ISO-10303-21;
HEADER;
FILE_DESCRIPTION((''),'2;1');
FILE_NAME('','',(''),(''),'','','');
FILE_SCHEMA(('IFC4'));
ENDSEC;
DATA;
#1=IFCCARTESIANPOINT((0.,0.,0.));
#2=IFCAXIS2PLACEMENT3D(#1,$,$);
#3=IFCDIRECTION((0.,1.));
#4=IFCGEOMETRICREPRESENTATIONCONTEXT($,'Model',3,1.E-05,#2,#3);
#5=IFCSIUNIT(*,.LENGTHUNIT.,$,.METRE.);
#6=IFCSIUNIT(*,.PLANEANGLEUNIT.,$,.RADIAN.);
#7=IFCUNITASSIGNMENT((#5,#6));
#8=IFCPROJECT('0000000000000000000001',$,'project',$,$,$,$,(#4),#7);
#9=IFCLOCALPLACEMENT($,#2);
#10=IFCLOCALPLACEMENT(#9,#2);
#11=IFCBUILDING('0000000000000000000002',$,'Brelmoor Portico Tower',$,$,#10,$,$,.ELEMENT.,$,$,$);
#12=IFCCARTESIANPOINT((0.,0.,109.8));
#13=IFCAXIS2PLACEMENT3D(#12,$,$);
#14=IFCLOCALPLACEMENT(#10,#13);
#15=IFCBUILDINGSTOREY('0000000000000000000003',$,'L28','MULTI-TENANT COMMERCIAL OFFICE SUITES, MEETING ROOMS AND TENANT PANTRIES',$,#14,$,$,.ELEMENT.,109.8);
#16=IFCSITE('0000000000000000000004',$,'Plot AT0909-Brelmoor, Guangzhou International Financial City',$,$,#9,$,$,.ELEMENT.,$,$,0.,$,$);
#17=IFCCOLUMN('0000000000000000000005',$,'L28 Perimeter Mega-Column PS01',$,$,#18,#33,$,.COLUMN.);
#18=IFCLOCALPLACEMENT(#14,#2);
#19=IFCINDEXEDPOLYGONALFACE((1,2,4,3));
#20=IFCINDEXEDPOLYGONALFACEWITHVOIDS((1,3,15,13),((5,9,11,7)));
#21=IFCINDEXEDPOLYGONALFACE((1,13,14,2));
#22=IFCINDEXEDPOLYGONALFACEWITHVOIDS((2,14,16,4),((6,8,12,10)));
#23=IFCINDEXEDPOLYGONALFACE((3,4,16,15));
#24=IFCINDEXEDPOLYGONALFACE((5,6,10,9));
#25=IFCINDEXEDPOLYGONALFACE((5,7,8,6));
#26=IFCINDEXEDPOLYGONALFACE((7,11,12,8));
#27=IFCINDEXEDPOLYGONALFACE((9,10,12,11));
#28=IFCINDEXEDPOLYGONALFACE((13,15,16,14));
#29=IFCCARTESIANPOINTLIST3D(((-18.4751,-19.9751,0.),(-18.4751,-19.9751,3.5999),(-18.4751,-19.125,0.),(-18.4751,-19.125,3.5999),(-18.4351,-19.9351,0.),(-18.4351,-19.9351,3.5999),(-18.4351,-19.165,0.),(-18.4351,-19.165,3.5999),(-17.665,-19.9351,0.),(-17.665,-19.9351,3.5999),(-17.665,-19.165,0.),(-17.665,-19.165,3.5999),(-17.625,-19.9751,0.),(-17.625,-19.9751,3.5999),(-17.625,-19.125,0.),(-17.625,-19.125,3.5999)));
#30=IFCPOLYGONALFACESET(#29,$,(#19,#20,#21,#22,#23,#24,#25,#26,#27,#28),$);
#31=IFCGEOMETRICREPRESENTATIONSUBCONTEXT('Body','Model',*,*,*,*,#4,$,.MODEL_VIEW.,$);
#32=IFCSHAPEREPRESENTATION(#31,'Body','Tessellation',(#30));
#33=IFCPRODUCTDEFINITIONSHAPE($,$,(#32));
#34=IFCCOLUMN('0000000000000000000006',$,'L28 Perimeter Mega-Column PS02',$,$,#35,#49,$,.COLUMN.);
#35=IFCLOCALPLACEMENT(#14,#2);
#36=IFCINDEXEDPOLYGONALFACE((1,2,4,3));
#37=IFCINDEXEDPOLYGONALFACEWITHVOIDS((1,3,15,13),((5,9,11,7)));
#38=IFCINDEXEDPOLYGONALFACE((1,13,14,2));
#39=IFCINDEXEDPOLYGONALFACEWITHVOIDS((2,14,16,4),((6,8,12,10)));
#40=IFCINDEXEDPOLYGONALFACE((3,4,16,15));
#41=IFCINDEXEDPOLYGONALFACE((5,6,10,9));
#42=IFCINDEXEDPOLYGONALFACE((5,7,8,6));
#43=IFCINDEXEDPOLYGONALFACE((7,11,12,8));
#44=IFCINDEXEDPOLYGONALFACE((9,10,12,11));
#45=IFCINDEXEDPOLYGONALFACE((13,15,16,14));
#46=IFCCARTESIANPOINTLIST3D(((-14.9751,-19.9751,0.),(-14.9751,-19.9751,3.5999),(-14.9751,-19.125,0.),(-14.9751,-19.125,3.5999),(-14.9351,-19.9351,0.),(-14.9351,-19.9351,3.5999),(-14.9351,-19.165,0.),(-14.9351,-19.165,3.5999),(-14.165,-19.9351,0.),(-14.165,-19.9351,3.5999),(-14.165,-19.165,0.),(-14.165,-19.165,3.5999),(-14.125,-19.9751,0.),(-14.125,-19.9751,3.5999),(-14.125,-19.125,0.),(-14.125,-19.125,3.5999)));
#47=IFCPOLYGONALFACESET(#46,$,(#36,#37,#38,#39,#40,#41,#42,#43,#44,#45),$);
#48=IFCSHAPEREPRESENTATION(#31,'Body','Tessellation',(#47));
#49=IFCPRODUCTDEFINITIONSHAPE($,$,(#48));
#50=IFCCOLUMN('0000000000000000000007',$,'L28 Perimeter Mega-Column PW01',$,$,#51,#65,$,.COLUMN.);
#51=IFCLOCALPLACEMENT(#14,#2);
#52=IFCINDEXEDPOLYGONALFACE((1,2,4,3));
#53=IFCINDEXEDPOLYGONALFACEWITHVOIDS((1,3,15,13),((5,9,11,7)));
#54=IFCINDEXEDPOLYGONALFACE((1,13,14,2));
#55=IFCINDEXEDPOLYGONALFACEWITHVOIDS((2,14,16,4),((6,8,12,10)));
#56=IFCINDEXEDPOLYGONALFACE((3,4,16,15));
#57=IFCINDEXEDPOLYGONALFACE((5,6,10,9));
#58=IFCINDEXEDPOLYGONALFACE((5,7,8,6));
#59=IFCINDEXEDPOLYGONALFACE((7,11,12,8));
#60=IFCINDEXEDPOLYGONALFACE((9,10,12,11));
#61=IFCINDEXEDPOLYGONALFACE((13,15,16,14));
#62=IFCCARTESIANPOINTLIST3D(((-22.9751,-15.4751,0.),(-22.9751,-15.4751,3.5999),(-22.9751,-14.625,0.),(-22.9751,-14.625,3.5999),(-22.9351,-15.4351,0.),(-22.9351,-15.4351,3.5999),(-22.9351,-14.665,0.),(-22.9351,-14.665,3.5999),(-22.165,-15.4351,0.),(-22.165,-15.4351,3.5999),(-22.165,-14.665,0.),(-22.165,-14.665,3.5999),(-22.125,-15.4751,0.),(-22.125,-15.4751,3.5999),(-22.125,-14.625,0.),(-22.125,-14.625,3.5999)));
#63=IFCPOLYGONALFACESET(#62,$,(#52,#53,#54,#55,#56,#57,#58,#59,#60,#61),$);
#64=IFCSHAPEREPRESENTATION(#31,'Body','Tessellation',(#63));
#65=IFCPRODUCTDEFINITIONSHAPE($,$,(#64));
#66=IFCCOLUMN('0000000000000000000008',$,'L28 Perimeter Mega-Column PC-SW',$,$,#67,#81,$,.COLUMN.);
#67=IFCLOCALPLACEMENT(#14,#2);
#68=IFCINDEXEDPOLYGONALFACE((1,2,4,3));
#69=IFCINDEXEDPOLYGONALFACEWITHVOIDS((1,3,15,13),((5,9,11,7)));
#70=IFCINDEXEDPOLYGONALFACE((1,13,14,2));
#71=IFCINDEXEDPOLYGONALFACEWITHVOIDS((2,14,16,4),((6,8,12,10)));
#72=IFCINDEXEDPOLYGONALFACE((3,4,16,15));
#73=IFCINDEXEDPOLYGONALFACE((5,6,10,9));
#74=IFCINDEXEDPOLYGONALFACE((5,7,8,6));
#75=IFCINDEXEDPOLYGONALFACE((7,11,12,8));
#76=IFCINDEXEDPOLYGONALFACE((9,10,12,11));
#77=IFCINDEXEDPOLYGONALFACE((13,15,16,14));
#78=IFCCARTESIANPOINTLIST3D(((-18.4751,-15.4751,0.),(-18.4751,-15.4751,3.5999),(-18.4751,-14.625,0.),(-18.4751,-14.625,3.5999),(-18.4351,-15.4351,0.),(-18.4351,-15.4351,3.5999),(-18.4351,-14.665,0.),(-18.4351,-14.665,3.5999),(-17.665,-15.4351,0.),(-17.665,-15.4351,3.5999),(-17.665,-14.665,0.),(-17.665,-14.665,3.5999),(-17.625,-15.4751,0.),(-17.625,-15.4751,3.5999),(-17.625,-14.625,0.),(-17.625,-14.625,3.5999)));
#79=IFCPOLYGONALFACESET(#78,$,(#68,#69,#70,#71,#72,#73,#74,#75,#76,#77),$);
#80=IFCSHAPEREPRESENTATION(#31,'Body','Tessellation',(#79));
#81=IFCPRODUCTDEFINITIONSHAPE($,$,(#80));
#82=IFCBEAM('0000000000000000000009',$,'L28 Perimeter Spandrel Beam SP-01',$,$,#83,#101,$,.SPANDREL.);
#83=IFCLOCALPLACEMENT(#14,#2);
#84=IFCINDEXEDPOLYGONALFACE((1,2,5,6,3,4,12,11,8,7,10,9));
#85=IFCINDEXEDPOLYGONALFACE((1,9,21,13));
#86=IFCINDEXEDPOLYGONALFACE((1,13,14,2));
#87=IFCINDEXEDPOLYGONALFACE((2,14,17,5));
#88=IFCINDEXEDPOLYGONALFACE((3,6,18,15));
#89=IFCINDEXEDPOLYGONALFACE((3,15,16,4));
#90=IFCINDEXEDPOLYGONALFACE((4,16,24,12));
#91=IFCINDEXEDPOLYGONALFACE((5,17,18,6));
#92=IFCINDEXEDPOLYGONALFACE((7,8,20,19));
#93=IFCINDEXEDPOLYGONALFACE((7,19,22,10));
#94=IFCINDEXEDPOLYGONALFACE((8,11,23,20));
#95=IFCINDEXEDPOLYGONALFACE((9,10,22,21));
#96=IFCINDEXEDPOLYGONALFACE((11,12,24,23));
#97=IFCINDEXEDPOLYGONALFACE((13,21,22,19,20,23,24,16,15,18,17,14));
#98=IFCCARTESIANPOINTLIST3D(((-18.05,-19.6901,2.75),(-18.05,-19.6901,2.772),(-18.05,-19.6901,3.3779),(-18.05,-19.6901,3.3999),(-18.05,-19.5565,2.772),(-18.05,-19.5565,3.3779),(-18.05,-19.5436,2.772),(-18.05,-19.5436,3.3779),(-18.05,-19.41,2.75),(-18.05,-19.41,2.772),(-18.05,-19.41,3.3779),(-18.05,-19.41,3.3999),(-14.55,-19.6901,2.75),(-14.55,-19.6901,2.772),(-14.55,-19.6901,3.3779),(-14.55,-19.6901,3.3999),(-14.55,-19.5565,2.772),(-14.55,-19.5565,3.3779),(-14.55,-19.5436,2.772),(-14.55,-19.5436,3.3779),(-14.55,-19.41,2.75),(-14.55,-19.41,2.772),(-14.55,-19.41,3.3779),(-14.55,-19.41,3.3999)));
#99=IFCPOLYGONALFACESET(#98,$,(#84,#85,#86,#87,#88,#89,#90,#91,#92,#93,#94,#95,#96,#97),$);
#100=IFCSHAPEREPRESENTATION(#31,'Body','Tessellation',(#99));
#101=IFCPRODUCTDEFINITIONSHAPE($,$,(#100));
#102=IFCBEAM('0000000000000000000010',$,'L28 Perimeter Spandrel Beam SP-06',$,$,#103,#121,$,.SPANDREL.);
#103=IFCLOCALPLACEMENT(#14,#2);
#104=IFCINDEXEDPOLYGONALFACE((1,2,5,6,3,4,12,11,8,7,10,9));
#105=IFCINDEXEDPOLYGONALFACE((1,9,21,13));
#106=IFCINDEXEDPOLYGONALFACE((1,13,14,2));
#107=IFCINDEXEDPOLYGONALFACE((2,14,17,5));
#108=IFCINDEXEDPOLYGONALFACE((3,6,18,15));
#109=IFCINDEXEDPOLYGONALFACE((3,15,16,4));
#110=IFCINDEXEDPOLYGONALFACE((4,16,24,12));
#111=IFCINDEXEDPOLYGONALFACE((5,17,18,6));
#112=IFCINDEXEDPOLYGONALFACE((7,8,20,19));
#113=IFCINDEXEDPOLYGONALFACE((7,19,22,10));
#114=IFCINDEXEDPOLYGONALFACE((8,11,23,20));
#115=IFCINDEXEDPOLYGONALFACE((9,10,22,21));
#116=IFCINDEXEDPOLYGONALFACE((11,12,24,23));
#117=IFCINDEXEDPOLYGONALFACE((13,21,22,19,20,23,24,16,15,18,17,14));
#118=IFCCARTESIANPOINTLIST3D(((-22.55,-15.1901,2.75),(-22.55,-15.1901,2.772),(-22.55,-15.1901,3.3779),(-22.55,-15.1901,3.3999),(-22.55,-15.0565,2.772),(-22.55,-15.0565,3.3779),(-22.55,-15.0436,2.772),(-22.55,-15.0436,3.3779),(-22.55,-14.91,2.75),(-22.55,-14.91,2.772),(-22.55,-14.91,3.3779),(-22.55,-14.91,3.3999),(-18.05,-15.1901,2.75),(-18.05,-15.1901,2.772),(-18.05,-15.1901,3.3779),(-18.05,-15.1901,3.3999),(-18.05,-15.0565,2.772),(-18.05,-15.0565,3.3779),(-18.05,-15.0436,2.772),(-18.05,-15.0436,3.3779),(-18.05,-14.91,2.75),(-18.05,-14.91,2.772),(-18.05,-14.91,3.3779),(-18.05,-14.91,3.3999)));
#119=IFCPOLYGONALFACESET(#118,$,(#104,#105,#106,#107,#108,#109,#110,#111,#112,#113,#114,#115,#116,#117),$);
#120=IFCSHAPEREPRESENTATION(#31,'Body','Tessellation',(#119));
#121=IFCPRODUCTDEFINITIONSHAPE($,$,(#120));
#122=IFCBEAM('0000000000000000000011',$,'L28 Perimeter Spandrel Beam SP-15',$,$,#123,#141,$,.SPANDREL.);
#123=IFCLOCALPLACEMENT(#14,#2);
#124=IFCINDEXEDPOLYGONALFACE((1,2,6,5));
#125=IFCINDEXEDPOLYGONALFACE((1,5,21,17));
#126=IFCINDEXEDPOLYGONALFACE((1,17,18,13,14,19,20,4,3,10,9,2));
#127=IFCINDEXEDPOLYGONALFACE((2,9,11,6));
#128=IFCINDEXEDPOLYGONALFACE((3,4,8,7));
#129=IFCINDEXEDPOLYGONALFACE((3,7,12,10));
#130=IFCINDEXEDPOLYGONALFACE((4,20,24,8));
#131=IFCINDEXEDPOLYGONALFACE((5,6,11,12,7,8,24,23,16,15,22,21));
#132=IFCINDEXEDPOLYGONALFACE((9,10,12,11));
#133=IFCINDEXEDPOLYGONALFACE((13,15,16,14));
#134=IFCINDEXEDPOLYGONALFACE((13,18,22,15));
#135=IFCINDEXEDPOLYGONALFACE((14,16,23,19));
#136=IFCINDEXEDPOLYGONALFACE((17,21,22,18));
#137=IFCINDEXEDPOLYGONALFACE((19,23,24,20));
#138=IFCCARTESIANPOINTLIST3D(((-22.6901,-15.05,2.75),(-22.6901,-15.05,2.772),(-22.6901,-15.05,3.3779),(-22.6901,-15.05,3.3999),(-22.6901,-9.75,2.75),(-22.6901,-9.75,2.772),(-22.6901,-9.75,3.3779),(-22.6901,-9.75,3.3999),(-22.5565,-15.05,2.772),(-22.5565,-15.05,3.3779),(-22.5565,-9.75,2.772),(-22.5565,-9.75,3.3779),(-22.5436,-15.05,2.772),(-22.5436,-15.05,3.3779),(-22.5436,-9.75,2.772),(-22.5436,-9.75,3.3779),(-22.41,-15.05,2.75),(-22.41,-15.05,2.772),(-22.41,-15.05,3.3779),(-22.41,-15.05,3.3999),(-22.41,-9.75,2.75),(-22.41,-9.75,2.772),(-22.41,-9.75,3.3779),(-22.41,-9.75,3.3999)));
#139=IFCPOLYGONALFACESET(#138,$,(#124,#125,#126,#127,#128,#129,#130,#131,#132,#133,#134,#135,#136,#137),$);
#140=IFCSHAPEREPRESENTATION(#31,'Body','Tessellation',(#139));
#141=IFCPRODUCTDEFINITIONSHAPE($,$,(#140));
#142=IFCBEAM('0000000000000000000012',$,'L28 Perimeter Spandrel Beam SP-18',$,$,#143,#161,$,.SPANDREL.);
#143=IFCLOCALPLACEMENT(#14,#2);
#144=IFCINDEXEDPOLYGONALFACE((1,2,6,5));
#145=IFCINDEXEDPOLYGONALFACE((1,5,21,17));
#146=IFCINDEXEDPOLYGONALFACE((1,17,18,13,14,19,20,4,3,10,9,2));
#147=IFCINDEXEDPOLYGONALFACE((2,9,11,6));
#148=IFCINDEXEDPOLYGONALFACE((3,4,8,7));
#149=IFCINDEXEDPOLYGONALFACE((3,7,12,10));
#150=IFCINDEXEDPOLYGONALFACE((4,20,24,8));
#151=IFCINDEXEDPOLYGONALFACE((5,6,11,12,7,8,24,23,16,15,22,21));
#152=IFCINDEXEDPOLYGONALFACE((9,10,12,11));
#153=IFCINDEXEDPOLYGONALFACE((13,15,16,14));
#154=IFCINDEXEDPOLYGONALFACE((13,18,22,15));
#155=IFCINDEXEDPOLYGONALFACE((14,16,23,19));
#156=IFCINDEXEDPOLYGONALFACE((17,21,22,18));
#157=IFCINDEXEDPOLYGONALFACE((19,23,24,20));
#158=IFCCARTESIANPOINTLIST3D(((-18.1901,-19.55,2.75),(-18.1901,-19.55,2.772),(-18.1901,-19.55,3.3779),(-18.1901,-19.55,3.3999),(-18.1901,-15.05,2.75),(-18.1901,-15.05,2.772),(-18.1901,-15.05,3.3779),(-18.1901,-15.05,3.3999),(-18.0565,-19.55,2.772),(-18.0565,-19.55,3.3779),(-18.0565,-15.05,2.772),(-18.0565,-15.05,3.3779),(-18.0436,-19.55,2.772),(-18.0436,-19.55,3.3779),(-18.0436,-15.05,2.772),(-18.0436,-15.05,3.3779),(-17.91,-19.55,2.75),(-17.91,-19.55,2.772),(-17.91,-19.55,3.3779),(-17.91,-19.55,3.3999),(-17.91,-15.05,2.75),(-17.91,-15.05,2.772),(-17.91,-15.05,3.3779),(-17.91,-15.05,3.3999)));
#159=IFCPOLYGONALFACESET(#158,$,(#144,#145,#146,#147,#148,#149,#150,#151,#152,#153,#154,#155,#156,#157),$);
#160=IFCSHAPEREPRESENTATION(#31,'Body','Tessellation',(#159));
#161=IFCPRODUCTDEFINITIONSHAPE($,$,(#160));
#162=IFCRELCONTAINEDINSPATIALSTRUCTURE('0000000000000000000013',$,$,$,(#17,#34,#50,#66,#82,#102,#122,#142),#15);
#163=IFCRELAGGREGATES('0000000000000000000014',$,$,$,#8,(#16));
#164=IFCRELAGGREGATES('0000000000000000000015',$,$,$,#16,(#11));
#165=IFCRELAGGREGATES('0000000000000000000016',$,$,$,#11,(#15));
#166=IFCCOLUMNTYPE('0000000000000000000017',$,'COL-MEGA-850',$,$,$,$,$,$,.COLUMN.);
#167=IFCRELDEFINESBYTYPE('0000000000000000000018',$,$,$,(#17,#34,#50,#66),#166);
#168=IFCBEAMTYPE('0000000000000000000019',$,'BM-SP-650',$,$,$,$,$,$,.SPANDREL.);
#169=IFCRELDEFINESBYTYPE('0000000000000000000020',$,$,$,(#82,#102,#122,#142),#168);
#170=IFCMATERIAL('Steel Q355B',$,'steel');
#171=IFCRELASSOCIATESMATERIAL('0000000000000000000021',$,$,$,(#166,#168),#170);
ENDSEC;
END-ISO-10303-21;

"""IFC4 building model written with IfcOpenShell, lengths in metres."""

from ifc_helpers import new_model, si_unit, direction, frame, origin, origin_2d, place, context, subcontext, project, spatial, hollow_rectangle, i_section, extrude, material, material_profile, profile_set, type_object, element, save


model = new_model("IFC4")

# Units and contexts
model_context = context("Model", 3, precision=1e-05, world=origin(), true_north=direction((0.0, 1.0)))
body_context = subcontext(model_context, "Body", "Model", "MODEL_VIEW")
ifc_project = project(units=[si_unit("LENGTHUNIT", "METRE"), si_unit("PLANEANGLEUNIT", "RADIAN")], contexts=[model_context])

# Site, building, storey
site_placement = place(None, origin())
site = spatial("IfcSite", under=ifc_project, at=site_placement, Name="Plot AT0909-Brelmoor, Guangzhou International Financial City", CompositionType="ELEMENT", RefElevation=0.0)
building_placement = place(site_placement, origin())
building = spatial("IfcBuilding", under=site, at=building_placement, Name="Brelmoor Portico Tower", CompositionType="ELEMENT")
storey_placement = place(building_placement, frame((0.0, 0.0, 109.8)))
storey = spatial("IfcBuildingStorey", under=building, at=storey_placement, Name="L28", Description="MULTI-TENANT COMMERCIAL OFFICE SUITES, MEETING ROOMS AND TENANT PANTRIES", CompositionType="ELEMENT", Elevation=109.8)

# Columns
ifc_material_1 = material(Name="Steel Q355B", Category="steel")
ifc_material_profile_1 = material_profile(ifc_material_1, hollow_rectangle(XDim=0.8501, YDim=0.8501, WallThickness=0.04, at=origin_2d()), Name="BOX 850x850x40")
ifc_profile_set_1 = profile_set([ifc_material_profile_1], Name="Steel Q355B")
column_type = type_object("IfcColumnType", Name="COL-MEGA-850", PredefinedType="COLUMN", material=ifc_profile_set_1)
for number, where, z_axis, x_axis, name in (
    (1, (-18.05, -19.55, 0.0), (0.0, 0.0, 1.0), (1.0, 0.0, 0.0), "L28 Perimeter Mega-Column PS01"),
    (2, (-14.55, -19.55, 0.0), (0.0, 0.0, 1.0), (1.0, 0.0, 0.0), "L28 Perimeter Mega-Column PS02"),
    (3, (-22.55, -15.05, 0.0), (0.0, 0.0, 1.0), (0.0, 1.0, 0.0), "L28 Perimeter Mega-Column PW01"),
    (4, (-18.05, -15.05, 0.0), (0.0, 0.0, 1.0), (1.0, 0.0, 0.0), "L28 Perimeter Mega-Column PC-SW"),
):
    element("IfcColumn", number, at=place(storey_placement, frame(where, z_axis=z_axis, x_axis=x_axis)), inside=storey, type_object=column_type, Name=name, PredefinedType="COLUMN", context=body_context, shape_type="SweptSolid", body=[
        extrude(hollow_rectangle(XDim=0.8501, YDim=0.8501, WallThickness=0.04, at=origin_2d()), origin(), (0.0, 0.0, 1.0), 3.5999),
    ])

# Beams
ifc_material_profile_2 = material_profile(ifc_material_1, i_section(OverallWidth=0.28, OverallDepth=0.6499, WebThickness=0.0129, FlangeThickness=0.022, at=origin_2d()), Name="HN 650x280x13x22")
ifc_profile_set_2 = profile_set([ifc_material_profile_2], Name="Steel Q355B")
beam_type = type_object("IfcBeamType", Name="BM-SP-650", PredefinedType="SPANDREL", material=ifc_profile_set_2)
beam_1_placement = place(storey_placement, frame((-18.05, -19.55, 3.075), z_axis=(1.0, 0.0, 0.0), x_axis=(0.0, 1.0, 0.0)))
element("IfcBeam", 5, at=beam_1_placement, inside=storey, type_object=beam_type, Name="L28 Perimeter Spandrel Beam SP-01", PredefinedType="SPANDREL", context=body_context, shape_type="SweptSolid", body=[
    extrude(i_section(OverallWidth=0.28, OverallDepth=0.6499, WebThickness=0.0129, FlangeThickness=0.022, at=origin_2d()), origin(), (0.0, 0.0, 1.0), 3.5),
])
beam_2_placement = place(storey_placement, frame((-22.55, -15.05, 3.075), z_axis=(1.0, 0.0, 0.0), x_axis=(0.0, 1.0, 0.0)))
element("IfcBeam", 6, at=beam_2_placement, inside=storey, type_object=beam_type, Name="L28 Perimeter Spandrel Beam SP-06", PredefinedType="SPANDREL", context=body_context, shape_type="SweptSolid", body=[
    extrude(i_section(OverallWidth=0.28, OverallDepth=0.6499, WebThickness=0.0129, FlangeThickness=0.022, at=origin_2d()), origin(), (0.0, 0.0, 1.0), 4.5),
])
beam_3_placement = place(storey_placement, frame((-22.55, -15.05, 3.075), z_axis=(0.0, 1.0, 0.0), x_axis=(-1.0, 0.0, 0.0)))
element("IfcBeam", 7, at=beam_3_placement, inside=storey, type_object=beam_type, Name="L28 Perimeter Spandrel Beam SP-15", PredefinedType="SPANDREL", context=body_context, shape_type="SweptSolid", body=[
    extrude(i_section(OverallWidth=0.28, OverallDepth=0.6499, WebThickness=0.0129, FlangeThickness=0.022, at=origin_2d()), origin(), (0.0, 0.0, 1.0), 5.3),
])
beam_4_placement = place(storey_placement, frame((-18.05, -19.55, 3.075), z_axis=(0.0, 1.0, 0.0), x_axis=(-1.0, 0.0, 0.0)))
element("IfcBeam", 8, at=beam_4_placement, inside=storey, type_object=beam_type, Name="L28 Perimeter Spandrel Beam SP-18", PredefinedType="SPANDREL", context=body_context, shape_type="SweptSolid", body=[
    extrude(i_section(OverallWidth=0.28, OverallDepth=0.6499, WebThickness=0.0129, FlangeThickness=0.022, at=origin_2d()), origin(), (0.0, 0.0, 1.0), 4.5),
])

save(model, "model.ifc")
